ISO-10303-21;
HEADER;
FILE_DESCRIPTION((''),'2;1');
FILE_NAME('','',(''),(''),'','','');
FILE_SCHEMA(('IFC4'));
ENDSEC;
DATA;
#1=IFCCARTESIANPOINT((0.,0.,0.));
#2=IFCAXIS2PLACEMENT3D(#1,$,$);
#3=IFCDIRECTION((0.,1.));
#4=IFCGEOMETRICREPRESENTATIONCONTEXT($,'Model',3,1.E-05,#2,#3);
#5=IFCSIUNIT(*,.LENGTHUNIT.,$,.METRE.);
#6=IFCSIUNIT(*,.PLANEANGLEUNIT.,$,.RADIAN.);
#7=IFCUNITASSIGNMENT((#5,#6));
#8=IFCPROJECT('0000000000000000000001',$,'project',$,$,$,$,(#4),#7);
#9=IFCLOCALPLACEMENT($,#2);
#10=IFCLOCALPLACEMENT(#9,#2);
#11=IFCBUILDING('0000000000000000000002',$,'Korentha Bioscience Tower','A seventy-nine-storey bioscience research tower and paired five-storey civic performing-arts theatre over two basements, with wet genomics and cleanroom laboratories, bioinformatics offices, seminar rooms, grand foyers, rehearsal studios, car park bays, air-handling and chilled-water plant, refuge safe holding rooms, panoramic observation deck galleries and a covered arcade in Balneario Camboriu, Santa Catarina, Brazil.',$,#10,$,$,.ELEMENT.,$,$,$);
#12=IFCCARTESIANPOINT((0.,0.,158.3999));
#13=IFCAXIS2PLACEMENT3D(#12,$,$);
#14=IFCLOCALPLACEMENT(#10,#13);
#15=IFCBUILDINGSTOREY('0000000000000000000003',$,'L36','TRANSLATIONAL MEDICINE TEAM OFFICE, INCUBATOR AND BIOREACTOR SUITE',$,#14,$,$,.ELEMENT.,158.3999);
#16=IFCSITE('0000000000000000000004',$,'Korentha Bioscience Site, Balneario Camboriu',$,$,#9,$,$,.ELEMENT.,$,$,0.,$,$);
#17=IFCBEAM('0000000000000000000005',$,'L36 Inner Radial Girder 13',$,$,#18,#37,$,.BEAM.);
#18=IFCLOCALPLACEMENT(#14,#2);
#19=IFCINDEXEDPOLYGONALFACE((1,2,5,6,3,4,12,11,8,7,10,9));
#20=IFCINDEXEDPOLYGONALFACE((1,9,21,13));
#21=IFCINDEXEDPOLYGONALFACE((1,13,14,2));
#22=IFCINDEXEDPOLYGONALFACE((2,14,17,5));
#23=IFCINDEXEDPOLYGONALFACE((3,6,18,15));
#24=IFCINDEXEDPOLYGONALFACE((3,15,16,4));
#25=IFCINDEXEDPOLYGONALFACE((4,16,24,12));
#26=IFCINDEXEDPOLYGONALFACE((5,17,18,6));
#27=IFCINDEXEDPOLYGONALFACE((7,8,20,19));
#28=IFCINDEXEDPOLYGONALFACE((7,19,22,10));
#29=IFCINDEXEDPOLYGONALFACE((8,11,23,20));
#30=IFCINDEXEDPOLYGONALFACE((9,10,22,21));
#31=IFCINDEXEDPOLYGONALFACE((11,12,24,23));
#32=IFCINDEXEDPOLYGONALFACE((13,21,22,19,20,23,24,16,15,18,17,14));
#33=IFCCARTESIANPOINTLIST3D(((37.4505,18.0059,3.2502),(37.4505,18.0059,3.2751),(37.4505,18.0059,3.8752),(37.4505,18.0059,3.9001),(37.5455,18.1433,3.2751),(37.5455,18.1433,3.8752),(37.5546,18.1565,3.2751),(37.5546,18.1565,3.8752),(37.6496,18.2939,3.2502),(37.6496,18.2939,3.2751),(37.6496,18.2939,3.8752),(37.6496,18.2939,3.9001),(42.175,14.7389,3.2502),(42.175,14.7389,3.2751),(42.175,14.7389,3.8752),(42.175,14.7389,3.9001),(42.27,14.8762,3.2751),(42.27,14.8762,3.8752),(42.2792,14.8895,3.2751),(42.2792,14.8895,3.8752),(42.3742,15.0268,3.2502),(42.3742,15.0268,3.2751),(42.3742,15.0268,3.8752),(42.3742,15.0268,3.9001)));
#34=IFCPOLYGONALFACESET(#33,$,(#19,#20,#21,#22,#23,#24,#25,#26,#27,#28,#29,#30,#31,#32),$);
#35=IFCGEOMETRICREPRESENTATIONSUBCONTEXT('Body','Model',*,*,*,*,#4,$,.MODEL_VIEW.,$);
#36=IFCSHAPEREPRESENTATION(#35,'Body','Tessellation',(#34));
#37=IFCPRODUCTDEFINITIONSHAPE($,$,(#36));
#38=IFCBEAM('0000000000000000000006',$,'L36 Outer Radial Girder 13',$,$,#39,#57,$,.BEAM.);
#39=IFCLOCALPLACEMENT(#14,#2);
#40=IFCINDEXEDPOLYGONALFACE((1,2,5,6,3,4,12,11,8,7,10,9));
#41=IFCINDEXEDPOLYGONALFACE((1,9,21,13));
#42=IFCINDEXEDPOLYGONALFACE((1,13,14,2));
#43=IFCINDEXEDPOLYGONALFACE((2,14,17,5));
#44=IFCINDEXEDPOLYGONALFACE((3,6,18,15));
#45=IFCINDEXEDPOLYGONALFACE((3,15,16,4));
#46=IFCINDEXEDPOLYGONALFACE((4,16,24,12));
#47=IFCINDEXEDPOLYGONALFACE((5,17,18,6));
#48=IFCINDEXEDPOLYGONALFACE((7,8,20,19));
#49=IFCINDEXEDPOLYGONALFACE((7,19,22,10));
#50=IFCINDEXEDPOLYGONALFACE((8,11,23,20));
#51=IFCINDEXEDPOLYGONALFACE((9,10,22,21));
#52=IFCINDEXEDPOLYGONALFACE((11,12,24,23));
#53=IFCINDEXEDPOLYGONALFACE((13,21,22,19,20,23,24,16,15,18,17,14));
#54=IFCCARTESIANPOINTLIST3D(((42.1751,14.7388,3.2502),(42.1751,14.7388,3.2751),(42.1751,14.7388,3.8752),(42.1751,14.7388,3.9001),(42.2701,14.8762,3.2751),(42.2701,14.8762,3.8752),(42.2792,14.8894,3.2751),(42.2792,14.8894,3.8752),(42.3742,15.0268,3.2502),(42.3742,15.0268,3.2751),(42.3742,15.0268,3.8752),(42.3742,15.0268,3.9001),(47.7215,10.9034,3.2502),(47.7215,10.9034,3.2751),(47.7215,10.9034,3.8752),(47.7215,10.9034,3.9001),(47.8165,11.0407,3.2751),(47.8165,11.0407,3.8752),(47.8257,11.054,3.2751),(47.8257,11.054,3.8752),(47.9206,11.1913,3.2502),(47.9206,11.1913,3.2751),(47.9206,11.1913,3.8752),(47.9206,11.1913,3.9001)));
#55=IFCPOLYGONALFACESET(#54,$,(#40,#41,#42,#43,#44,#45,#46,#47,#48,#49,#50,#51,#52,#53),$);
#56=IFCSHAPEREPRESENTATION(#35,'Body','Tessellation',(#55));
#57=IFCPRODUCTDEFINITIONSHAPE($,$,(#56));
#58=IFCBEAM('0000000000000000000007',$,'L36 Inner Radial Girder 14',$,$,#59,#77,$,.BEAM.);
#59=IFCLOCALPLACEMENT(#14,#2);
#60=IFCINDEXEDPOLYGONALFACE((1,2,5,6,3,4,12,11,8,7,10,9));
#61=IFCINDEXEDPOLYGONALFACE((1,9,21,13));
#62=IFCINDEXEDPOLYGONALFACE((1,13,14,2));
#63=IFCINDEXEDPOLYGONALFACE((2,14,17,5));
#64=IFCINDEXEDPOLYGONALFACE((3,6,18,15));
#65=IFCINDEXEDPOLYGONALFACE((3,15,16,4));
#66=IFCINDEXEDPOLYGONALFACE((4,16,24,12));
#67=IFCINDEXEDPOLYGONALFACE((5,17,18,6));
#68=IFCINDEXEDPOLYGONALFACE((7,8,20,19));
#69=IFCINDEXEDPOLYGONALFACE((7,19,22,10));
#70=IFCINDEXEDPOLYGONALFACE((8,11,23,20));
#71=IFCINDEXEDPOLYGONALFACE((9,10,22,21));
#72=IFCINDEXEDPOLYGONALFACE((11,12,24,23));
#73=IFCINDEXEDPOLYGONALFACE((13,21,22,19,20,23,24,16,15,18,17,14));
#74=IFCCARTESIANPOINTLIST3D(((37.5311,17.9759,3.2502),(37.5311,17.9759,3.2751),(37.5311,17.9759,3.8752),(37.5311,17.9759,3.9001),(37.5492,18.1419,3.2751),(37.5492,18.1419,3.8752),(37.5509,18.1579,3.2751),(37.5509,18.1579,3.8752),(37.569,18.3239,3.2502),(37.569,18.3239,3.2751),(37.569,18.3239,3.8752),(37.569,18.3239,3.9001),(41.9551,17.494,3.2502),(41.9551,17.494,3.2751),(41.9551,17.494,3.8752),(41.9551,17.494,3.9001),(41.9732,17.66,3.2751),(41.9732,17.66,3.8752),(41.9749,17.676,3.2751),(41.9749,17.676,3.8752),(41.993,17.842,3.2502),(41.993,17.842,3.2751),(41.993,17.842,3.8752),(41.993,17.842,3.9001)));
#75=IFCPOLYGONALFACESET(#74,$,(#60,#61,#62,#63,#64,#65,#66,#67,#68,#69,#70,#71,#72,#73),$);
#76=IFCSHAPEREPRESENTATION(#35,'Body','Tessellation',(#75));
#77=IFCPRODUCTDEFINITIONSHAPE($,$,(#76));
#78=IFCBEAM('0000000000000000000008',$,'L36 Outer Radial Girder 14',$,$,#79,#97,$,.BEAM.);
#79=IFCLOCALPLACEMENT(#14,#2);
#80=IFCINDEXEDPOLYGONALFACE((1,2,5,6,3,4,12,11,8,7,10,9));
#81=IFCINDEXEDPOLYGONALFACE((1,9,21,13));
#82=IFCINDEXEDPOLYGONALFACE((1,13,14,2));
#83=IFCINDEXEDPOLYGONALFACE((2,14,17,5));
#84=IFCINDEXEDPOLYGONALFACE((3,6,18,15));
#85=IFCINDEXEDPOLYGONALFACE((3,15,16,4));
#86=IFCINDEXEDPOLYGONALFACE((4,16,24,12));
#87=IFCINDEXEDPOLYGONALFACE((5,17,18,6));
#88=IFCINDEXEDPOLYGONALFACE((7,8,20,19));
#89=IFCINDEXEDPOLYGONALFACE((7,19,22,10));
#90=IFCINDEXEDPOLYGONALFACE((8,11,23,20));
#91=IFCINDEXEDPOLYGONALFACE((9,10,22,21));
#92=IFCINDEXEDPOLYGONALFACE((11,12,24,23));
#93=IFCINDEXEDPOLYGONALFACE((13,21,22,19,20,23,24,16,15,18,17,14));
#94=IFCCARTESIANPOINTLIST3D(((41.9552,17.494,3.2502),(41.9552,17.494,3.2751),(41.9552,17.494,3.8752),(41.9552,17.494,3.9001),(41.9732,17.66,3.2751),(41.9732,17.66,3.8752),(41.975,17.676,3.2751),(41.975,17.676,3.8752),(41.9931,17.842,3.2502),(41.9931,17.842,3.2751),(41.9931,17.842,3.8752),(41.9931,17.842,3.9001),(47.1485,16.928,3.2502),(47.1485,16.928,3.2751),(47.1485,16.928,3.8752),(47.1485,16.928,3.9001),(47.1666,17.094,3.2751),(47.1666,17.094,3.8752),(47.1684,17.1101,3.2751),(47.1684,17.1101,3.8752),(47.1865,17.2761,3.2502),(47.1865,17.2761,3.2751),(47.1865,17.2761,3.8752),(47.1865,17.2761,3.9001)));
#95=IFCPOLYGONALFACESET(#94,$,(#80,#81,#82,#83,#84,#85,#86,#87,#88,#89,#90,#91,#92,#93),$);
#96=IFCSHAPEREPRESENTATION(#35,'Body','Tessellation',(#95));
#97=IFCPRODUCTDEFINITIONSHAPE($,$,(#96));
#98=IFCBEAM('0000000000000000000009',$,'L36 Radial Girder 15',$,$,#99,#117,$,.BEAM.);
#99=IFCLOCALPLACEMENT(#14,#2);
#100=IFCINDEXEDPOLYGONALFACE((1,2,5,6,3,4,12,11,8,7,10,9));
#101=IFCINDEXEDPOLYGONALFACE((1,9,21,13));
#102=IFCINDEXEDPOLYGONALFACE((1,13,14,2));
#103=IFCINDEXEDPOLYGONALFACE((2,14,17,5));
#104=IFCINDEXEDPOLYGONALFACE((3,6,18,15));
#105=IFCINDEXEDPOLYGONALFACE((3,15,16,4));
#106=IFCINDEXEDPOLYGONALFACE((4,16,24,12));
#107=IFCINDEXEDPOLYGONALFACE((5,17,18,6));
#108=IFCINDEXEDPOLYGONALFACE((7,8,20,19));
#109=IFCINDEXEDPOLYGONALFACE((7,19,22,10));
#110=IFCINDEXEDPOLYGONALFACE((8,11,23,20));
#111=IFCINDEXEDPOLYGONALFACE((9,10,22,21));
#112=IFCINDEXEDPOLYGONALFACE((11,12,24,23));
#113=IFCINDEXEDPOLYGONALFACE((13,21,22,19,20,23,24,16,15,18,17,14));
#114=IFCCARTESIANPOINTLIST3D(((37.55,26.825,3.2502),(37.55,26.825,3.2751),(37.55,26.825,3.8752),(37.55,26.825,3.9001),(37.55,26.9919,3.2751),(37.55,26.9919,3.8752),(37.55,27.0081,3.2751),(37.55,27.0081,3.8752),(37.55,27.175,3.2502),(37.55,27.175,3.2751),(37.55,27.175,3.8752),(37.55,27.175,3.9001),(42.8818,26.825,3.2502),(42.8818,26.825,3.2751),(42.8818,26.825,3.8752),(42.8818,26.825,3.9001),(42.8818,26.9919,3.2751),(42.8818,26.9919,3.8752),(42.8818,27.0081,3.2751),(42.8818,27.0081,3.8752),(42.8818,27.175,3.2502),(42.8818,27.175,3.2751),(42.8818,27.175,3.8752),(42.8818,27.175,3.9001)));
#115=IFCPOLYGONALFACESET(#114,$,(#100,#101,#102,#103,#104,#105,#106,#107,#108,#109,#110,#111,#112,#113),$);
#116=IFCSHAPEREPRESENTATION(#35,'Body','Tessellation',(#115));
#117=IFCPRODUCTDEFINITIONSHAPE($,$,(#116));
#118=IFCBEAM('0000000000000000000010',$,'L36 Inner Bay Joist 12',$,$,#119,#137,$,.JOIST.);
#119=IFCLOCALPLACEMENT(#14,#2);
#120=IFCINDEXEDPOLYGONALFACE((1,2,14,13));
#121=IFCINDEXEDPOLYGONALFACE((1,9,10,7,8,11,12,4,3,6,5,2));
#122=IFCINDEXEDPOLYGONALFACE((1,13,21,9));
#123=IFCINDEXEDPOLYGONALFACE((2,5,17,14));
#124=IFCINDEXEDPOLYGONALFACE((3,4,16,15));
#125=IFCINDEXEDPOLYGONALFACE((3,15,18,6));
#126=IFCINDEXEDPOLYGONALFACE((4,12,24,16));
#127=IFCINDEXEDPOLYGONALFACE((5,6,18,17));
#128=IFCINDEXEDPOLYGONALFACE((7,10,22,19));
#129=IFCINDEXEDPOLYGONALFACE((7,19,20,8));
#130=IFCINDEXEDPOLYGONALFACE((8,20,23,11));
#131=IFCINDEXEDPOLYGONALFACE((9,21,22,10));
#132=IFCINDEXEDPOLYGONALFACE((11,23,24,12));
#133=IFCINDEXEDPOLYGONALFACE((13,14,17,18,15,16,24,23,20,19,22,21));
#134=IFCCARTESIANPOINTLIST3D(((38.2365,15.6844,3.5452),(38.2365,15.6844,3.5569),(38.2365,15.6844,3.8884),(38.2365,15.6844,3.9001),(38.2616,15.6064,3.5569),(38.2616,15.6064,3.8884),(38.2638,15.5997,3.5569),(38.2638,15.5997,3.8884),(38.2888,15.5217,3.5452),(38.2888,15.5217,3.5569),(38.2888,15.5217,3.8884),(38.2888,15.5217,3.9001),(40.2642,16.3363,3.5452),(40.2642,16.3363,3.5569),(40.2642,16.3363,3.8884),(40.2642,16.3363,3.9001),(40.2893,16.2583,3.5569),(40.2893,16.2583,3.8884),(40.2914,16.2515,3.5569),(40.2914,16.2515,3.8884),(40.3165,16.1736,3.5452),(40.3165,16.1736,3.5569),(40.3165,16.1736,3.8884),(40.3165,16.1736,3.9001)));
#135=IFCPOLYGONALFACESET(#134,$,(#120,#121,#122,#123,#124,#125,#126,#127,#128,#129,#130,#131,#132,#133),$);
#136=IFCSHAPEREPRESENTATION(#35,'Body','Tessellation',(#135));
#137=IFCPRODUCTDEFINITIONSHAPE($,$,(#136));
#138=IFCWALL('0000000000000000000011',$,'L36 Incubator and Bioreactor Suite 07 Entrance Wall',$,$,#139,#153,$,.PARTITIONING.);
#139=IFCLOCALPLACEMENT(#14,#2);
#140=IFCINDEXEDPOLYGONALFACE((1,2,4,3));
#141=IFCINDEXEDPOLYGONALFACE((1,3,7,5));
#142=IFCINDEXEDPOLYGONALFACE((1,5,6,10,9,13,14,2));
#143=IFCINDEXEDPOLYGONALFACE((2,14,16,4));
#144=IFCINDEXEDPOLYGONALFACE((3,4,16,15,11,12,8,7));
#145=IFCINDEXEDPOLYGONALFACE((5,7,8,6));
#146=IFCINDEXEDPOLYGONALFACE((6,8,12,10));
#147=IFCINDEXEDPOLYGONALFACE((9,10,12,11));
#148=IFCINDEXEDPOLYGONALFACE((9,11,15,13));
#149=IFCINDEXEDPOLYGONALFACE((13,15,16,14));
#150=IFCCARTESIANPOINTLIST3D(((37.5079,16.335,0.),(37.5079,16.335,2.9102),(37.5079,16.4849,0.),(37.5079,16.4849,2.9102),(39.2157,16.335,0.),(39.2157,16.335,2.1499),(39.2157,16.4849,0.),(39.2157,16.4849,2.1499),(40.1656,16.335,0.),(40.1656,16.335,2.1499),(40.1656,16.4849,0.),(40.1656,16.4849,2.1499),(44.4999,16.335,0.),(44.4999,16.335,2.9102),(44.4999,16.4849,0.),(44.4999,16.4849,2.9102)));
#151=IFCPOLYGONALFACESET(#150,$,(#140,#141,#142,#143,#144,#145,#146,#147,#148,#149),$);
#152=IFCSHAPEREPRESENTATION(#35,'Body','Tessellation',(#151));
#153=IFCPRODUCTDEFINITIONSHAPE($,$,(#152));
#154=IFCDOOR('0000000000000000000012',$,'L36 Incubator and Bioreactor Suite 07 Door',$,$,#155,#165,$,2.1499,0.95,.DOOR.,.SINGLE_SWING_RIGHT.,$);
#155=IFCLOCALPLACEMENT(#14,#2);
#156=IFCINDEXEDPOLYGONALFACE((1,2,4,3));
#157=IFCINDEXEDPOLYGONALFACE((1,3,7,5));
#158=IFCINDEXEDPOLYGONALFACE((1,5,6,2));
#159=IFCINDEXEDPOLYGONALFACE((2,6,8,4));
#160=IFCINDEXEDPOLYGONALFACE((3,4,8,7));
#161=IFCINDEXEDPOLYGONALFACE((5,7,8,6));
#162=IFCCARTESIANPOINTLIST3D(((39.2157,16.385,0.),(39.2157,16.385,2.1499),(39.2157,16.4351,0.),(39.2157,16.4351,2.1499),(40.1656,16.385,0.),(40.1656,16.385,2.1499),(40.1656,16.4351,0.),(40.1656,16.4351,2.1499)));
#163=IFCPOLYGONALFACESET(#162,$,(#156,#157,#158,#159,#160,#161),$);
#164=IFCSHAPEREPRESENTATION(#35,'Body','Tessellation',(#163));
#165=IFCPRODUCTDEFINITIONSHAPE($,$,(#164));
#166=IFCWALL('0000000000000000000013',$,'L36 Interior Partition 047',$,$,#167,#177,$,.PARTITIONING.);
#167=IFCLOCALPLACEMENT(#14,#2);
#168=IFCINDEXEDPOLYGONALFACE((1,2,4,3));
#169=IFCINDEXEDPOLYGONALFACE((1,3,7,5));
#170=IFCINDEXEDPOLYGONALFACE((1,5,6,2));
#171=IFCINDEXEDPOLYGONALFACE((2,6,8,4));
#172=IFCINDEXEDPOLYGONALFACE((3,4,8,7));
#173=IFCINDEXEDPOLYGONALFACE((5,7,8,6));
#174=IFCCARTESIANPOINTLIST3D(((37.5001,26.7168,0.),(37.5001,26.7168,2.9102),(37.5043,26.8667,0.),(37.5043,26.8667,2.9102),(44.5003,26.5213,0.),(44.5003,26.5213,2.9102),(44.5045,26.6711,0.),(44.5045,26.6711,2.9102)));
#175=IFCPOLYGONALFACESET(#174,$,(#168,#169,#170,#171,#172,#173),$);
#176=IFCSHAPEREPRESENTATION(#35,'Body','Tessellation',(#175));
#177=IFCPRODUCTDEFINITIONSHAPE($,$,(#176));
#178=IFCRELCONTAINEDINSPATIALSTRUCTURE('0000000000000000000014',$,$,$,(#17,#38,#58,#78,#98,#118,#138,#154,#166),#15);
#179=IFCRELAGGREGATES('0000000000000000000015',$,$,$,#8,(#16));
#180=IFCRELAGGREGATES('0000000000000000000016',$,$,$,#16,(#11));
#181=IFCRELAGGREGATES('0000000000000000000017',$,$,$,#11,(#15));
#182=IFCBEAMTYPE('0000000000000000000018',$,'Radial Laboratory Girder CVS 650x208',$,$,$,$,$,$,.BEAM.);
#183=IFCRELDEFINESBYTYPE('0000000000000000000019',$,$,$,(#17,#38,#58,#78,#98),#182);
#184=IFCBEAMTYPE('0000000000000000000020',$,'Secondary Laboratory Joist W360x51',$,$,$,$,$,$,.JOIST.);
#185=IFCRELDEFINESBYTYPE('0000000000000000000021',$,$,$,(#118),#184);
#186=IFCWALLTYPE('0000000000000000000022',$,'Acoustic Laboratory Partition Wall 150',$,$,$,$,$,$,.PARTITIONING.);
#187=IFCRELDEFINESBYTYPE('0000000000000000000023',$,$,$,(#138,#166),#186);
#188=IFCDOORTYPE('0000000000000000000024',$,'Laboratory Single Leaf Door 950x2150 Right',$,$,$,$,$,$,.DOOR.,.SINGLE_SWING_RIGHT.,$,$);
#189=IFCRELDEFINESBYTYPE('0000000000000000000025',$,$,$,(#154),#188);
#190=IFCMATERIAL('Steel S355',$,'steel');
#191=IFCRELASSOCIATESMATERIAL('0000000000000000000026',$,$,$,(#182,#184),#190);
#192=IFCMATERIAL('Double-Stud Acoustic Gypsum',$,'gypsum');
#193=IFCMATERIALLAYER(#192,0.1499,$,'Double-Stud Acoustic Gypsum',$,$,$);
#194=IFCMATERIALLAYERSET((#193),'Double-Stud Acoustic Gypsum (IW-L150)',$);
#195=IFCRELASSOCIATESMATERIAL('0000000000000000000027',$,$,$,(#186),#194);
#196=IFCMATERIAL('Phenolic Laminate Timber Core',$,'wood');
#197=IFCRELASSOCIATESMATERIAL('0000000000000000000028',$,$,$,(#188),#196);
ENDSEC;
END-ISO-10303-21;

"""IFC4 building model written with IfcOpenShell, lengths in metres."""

from ifc_helpers import new_model, si_unit, direction, frame, frame_2d, origin, origin_2d, place, context, subcontext, project, spatial, rectangle, i_section, extrude, material, layer, layer_set, material_profile, profile_set, type_object, element, fill, save


model = new_model("IFC4")

# Units and contexts
model_context = context("Model", 3, precision=1e-05, world=origin(), true_north=direction((0.0, 1.0)))
body_context = subcontext(model_context, "Body", "Model", "MODEL_VIEW")
ifc_project = project(units=[si_unit("LENGTHUNIT", "METRE"), si_unit("PLANEANGLEUNIT", "RADIAN")], contexts=[model_context])

# Site, building, storey
site_placement = place(None, origin())
site = spatial("IfcSite", under=ifc_project, at=site_placement, Name="Korentha Bioscience Site, Balneario Camboriu", CompositionType="ELEMENT", RefElevation=0.0)
building_placement = place(site_placement, origin())
building = spatial("IfcBuilding", under=site, at=building_placement, Name="Korentha Bioscience Tower", Description="A seventy-nine-storey bioscience research tower and paired five-storey civic performing-arts theatre over two basements, with wet genomics and cleanroom laboratories, bioinformatics offices, seminar rooms, grand foyers, rehearsal studios, car park bays, air-handling and chilled-water plant, refuge safe holding rooms, panoramic observation deck galleries and a covered arcade in Balneario Camboriu, Santa Catarina, Brazil.", CompositionType="ELEMENT")
storey_placement = place(building_placement, frame((0.0, 0.0, 158.3999)))
storey = spatial("IfcBuildingStorey", under=building, at=storey_placement, Name="L36", Description="TRANSLATIONAL MEDICINE TEAM OFFICE, INCUBATOR AND BIOREACTOR SUITE", CompositionType="ELEMENT", Elevation=158.3999)

# Beams
ifc_material_1 = material(Name="Steel S355", Category="steel")
ifc_material_profile_1 = material_profile(ifc_material_1, i_section(OverallWidth=0.3501, OverallDepth=0.6499, WebThickness=0.0161, FlangeThickness=0.0249, at=origin_2d()), Name="Steel S355")
ifc_profile_set_1 = profile_set([ifc_material_profile_1], Name="Steel S355 (RB-650)")
beam_type_1 = type_object("IfcBeamType", Name="Radial Laboratory Girder CVS 650x208", PredefinedType="BEAM", material=ifc_profile_set_1)
beam_1_placement = place(storey_placement, frame((37.55, 18.1499, 3.5752), z_axis=(0.822501, -0.568763, 0.0), x_axis=(0.568763, 0.822501, 0.0)))
element("IfcBeam", 1, at=beam_1_placement, inside=storey, type_object=beam_type_1, Name="L36 Inner Radial Girder 13", PredefinedType="BEAM", context=body_context, shape_type="SweptSolid", body=[
    extrude(i_section(OverallWidth=0.3501, OverallDepth=0.6499, WebThickness=0.0161, FlangeThickness=0.0249, at=origin_2d()), origin(), (0.0, 0.0, 1.0), 5.7441),
])
beam_2_placement = place(storey_placement, frame((42.2747, 14.8828, 3.5752), z_axis=(0.822494, -0.568773, 0.0), x_axis=(0.568773, 0.822494, 0.0)))
element("IfcBeam", 2, at=beam_2_placement, inside=storey, type_object=beam_type_1, Name="L36 Outer Radial Girder 13", PredefinedType="BEAM", context=body_context, shape_type="SweptSolid", body=[
    extrude(i_section(OverallWidth=0.3501, OverallDepth=0.6499, WebThickness=0.0161, FlangeThickness=0.0249, at=origin_2d()), origin(), (0.0, 0.0, 1.0), 6.7434),
])
beam_3_placement = place(storey_placement, frame((37.55, 18.1499, 3.5752), z_axis=(0.994119, -0.108294, 0.0), x_axis=(0.108294, 0.994119, 0.0)))
element("IfcBeam", 3, at=beam_3_placement, inside=storey, type_object=beam_type_1, Name="L36 Inner Radial Girder 14", PredefinedType="BEAM", context=body_context, shape_type="SweptSolid", body=[
    extrude(i_section(OverallWidth=0.3501, OverallDepth=0.6499, WebThickness=0.0161, FlangeThickness=0.0249, at=origin_2d()), origin(), (0.0, 0.0, 1.0), 4.4502),
])
beam_4_placement = place(storey_placement, frame((41.9741, 17.668, 3.5752), z_axis=(0.994115, -0.108328, 0.0), x_axis=(0.108328, 0.994115, 0.0)))
element("IfcBeam", 4, at=beam_4_placement, inside=storey, type_object=beam_type_1, Name="L36 Outer Radial Girder 14", PredefinedType="BEAM", context=body_context, shape_type="SweptSolid", body=[
    extrude(i_section(OverallWidth=0.3501, OverallDepth=0.6499, WebThickness=0.0161, FlangeThickness=0.0249, at=origin_2d()), origin(), (0.0, 0.0, 1.0), 5.2241),
])
beam_5_placement = place(storey_placement, frame((37.55, 27.0, 3.5752), z_axis=(1.0, 0.0, 0.0), x_axis=(0.0, 1.0, 0.0)))
element("IfcBeam", 5, at=beam_5_placement, inside=storey, type_object=beam_type_1, Name="L36 Radial Girder 15", PredefinedType="BEAM", context=body_context, shape_type="SweptSolid", body=[
    extrude(i_section(OverallWidth=0.3501, OverallDepth=0.6499, WebThickness=0.0161, FlangeThickness=0.0249, at=origin_2d()), origin(), (0.0, 0.0, 1.0), 5.3318),
])
ifc_material_profile_2 = material_profile(ifc_material_1, i_section(OverallWidth=0.1709, OverallDepth=0.355, WebThickness=0.0071, FlangeThickness=0.0117, at=origin_2d()), Name="Steel S355")
ifc_profile_set_2 = profile_set([ifc_material_profile_2], Name="Steel S355 (JB-360)")
beam_type_2 = type_object("IfcBeamType", Name="Secondary Laboratory Joist W360x51", PredefinedType="JOIST", material=ifc_profile_set_2)
beam_6_placement = place(storey_placement, frame((38.2627, 15.603, 3.7227), z_axis=(0.952011, 0.306065, 0.0), x_axis=(-0.306065, 0.952011, 0.0)))
element("IfcBeam", 6, at=beam_6_placement, inside=storey, type_object=beam_type_2, Name="L36 Inner Bay Joist 12", PredefinedType="JOIST", context=body_context, shape_type="SweptSolid", body=[
    extrude(i_section(OverallWidth=0.1709, OverallDepth=0.355, WebThickness=0.0071, FlangeThickness=0.0117, at=origin_2d()), origin(), (0.0, 0.0, 1.0), 2.1299),
])

# Wall, opening, door
ifc_material_2 = material(Name="Double-Stud Acoustic Gypsum", Category="gypsum")
ifc_layer_1 = layer(ifc_material_2, 0.1499, Name="Double-Stud Acoustic Gypsum")
ifc_layer_set_1 = layer_set([ifc_layer_1], Name="Double-Stud Acoustic Gypsum (IW-L150)")
wall_type_1 = type_object("IfcWallType", Name="Acoustic Laboratory Partition Wall 150", PredefinedType="PARTITIONING", material=ifc_layer_set_1)
wall_1_placement = place(storey_placement, frame((44.5, 16.4099, 0.0), z_axis=(0.0, 0.0, 1.0), x_axis=(-1.0, 0.0, 0.0)))
wall_1 = element("IfcWall", 7, at=wall_1_placement, inside=storey, type_object=wall_type_1, Name="L36 Incubator and Bioreactor Suite 07 Entrance Wall", PredefinedType="PARTITIONING", context=body_context, shape_type="SweptSolid", body=[
    extrude(rectangle(XDim=6.9919, YDim=0.1499, at=frame_2d((3.4961, 0.0))), origin(), (0.0, 0.0, 1.0), 2.9102),
])
opening_placement = place(wall_1_placement, frame((4.3342, 0.0, 0.0)))
opening = element("IfcOpeningElement", 8, at=opening_placement, cuts=wall_1, PredefinedType="OPENING", context=body_context, shape_type="SweptSolid", body=[
    extrude(rectangle(XDim=0.95, YDim=2.1499, at=frame_2d((0.4751, 1.075))), frame((0.0, 0.0898, 0.0), z_axis=(0.0, -1.0, 0.0), x_axis=(1.0, 0.0, 0.0)), (0.0, 0.0, 1.0), 0.1797),
])
ifc_material_3 = material(Name="Phenolic Laminate Timber Core", Category="wood")
door_type = type_object("IfcDoorType", Name="Laboratory Single Leaf Door 950x2150 Right", OperationType="SINGLE_SWING_RIGHT", PredefinedType="DOOR", material=ifc_material_3)
door_placement = place(opening_placement, origin())
door = element("IfcDoor", 9, at=door_placement, inside=storey, type_object=door_type, Name="L36 Incubator and Bioreactor Suite 07 Door", OperationType="SINGLE_SWING_RIGHT", OverallHeight=2.1499, OverallWidth=0.95, PredefinedType="DOOR", context=body_context, shape_type="SweptSolid", body=[
    extrude(rectangle(XDim=0.95, YDim=2.1499, at=frame_2d((0.4751, 1.075))), frame((0.0, 0.0249, 0.0), z_axis=(0.0, -1.0, 0.0), x_axis=(1.0, 0.0, 0.0)), (0.0, 0.0, 1.0), 0.05),
])
fill(opening, door)

# Wall
wall_2_placement = place(storey_placement, frame((37.5022, 26.7917, 0.0), z_axis=(0.0, 0.0, 1.0), x_axis=(0.99961, -0.027925, 0.0)))
element("IfcWall", 10, at=wall_2_placement, inside=storey, type_object=wall_type_1, Name="L36 Interior Partition 047", PredefinedType="PARTITIONING", context=body_context, shape_type="SweptSolid", body=[
    extrude(rectangle(XDim=7.0029, YDim=0.1499, at=frame_2d((3.5015, 0.0))), origin(), (0.0, 0.0, 1.0), 2.9102),
])

save(model, "model.ifc")
